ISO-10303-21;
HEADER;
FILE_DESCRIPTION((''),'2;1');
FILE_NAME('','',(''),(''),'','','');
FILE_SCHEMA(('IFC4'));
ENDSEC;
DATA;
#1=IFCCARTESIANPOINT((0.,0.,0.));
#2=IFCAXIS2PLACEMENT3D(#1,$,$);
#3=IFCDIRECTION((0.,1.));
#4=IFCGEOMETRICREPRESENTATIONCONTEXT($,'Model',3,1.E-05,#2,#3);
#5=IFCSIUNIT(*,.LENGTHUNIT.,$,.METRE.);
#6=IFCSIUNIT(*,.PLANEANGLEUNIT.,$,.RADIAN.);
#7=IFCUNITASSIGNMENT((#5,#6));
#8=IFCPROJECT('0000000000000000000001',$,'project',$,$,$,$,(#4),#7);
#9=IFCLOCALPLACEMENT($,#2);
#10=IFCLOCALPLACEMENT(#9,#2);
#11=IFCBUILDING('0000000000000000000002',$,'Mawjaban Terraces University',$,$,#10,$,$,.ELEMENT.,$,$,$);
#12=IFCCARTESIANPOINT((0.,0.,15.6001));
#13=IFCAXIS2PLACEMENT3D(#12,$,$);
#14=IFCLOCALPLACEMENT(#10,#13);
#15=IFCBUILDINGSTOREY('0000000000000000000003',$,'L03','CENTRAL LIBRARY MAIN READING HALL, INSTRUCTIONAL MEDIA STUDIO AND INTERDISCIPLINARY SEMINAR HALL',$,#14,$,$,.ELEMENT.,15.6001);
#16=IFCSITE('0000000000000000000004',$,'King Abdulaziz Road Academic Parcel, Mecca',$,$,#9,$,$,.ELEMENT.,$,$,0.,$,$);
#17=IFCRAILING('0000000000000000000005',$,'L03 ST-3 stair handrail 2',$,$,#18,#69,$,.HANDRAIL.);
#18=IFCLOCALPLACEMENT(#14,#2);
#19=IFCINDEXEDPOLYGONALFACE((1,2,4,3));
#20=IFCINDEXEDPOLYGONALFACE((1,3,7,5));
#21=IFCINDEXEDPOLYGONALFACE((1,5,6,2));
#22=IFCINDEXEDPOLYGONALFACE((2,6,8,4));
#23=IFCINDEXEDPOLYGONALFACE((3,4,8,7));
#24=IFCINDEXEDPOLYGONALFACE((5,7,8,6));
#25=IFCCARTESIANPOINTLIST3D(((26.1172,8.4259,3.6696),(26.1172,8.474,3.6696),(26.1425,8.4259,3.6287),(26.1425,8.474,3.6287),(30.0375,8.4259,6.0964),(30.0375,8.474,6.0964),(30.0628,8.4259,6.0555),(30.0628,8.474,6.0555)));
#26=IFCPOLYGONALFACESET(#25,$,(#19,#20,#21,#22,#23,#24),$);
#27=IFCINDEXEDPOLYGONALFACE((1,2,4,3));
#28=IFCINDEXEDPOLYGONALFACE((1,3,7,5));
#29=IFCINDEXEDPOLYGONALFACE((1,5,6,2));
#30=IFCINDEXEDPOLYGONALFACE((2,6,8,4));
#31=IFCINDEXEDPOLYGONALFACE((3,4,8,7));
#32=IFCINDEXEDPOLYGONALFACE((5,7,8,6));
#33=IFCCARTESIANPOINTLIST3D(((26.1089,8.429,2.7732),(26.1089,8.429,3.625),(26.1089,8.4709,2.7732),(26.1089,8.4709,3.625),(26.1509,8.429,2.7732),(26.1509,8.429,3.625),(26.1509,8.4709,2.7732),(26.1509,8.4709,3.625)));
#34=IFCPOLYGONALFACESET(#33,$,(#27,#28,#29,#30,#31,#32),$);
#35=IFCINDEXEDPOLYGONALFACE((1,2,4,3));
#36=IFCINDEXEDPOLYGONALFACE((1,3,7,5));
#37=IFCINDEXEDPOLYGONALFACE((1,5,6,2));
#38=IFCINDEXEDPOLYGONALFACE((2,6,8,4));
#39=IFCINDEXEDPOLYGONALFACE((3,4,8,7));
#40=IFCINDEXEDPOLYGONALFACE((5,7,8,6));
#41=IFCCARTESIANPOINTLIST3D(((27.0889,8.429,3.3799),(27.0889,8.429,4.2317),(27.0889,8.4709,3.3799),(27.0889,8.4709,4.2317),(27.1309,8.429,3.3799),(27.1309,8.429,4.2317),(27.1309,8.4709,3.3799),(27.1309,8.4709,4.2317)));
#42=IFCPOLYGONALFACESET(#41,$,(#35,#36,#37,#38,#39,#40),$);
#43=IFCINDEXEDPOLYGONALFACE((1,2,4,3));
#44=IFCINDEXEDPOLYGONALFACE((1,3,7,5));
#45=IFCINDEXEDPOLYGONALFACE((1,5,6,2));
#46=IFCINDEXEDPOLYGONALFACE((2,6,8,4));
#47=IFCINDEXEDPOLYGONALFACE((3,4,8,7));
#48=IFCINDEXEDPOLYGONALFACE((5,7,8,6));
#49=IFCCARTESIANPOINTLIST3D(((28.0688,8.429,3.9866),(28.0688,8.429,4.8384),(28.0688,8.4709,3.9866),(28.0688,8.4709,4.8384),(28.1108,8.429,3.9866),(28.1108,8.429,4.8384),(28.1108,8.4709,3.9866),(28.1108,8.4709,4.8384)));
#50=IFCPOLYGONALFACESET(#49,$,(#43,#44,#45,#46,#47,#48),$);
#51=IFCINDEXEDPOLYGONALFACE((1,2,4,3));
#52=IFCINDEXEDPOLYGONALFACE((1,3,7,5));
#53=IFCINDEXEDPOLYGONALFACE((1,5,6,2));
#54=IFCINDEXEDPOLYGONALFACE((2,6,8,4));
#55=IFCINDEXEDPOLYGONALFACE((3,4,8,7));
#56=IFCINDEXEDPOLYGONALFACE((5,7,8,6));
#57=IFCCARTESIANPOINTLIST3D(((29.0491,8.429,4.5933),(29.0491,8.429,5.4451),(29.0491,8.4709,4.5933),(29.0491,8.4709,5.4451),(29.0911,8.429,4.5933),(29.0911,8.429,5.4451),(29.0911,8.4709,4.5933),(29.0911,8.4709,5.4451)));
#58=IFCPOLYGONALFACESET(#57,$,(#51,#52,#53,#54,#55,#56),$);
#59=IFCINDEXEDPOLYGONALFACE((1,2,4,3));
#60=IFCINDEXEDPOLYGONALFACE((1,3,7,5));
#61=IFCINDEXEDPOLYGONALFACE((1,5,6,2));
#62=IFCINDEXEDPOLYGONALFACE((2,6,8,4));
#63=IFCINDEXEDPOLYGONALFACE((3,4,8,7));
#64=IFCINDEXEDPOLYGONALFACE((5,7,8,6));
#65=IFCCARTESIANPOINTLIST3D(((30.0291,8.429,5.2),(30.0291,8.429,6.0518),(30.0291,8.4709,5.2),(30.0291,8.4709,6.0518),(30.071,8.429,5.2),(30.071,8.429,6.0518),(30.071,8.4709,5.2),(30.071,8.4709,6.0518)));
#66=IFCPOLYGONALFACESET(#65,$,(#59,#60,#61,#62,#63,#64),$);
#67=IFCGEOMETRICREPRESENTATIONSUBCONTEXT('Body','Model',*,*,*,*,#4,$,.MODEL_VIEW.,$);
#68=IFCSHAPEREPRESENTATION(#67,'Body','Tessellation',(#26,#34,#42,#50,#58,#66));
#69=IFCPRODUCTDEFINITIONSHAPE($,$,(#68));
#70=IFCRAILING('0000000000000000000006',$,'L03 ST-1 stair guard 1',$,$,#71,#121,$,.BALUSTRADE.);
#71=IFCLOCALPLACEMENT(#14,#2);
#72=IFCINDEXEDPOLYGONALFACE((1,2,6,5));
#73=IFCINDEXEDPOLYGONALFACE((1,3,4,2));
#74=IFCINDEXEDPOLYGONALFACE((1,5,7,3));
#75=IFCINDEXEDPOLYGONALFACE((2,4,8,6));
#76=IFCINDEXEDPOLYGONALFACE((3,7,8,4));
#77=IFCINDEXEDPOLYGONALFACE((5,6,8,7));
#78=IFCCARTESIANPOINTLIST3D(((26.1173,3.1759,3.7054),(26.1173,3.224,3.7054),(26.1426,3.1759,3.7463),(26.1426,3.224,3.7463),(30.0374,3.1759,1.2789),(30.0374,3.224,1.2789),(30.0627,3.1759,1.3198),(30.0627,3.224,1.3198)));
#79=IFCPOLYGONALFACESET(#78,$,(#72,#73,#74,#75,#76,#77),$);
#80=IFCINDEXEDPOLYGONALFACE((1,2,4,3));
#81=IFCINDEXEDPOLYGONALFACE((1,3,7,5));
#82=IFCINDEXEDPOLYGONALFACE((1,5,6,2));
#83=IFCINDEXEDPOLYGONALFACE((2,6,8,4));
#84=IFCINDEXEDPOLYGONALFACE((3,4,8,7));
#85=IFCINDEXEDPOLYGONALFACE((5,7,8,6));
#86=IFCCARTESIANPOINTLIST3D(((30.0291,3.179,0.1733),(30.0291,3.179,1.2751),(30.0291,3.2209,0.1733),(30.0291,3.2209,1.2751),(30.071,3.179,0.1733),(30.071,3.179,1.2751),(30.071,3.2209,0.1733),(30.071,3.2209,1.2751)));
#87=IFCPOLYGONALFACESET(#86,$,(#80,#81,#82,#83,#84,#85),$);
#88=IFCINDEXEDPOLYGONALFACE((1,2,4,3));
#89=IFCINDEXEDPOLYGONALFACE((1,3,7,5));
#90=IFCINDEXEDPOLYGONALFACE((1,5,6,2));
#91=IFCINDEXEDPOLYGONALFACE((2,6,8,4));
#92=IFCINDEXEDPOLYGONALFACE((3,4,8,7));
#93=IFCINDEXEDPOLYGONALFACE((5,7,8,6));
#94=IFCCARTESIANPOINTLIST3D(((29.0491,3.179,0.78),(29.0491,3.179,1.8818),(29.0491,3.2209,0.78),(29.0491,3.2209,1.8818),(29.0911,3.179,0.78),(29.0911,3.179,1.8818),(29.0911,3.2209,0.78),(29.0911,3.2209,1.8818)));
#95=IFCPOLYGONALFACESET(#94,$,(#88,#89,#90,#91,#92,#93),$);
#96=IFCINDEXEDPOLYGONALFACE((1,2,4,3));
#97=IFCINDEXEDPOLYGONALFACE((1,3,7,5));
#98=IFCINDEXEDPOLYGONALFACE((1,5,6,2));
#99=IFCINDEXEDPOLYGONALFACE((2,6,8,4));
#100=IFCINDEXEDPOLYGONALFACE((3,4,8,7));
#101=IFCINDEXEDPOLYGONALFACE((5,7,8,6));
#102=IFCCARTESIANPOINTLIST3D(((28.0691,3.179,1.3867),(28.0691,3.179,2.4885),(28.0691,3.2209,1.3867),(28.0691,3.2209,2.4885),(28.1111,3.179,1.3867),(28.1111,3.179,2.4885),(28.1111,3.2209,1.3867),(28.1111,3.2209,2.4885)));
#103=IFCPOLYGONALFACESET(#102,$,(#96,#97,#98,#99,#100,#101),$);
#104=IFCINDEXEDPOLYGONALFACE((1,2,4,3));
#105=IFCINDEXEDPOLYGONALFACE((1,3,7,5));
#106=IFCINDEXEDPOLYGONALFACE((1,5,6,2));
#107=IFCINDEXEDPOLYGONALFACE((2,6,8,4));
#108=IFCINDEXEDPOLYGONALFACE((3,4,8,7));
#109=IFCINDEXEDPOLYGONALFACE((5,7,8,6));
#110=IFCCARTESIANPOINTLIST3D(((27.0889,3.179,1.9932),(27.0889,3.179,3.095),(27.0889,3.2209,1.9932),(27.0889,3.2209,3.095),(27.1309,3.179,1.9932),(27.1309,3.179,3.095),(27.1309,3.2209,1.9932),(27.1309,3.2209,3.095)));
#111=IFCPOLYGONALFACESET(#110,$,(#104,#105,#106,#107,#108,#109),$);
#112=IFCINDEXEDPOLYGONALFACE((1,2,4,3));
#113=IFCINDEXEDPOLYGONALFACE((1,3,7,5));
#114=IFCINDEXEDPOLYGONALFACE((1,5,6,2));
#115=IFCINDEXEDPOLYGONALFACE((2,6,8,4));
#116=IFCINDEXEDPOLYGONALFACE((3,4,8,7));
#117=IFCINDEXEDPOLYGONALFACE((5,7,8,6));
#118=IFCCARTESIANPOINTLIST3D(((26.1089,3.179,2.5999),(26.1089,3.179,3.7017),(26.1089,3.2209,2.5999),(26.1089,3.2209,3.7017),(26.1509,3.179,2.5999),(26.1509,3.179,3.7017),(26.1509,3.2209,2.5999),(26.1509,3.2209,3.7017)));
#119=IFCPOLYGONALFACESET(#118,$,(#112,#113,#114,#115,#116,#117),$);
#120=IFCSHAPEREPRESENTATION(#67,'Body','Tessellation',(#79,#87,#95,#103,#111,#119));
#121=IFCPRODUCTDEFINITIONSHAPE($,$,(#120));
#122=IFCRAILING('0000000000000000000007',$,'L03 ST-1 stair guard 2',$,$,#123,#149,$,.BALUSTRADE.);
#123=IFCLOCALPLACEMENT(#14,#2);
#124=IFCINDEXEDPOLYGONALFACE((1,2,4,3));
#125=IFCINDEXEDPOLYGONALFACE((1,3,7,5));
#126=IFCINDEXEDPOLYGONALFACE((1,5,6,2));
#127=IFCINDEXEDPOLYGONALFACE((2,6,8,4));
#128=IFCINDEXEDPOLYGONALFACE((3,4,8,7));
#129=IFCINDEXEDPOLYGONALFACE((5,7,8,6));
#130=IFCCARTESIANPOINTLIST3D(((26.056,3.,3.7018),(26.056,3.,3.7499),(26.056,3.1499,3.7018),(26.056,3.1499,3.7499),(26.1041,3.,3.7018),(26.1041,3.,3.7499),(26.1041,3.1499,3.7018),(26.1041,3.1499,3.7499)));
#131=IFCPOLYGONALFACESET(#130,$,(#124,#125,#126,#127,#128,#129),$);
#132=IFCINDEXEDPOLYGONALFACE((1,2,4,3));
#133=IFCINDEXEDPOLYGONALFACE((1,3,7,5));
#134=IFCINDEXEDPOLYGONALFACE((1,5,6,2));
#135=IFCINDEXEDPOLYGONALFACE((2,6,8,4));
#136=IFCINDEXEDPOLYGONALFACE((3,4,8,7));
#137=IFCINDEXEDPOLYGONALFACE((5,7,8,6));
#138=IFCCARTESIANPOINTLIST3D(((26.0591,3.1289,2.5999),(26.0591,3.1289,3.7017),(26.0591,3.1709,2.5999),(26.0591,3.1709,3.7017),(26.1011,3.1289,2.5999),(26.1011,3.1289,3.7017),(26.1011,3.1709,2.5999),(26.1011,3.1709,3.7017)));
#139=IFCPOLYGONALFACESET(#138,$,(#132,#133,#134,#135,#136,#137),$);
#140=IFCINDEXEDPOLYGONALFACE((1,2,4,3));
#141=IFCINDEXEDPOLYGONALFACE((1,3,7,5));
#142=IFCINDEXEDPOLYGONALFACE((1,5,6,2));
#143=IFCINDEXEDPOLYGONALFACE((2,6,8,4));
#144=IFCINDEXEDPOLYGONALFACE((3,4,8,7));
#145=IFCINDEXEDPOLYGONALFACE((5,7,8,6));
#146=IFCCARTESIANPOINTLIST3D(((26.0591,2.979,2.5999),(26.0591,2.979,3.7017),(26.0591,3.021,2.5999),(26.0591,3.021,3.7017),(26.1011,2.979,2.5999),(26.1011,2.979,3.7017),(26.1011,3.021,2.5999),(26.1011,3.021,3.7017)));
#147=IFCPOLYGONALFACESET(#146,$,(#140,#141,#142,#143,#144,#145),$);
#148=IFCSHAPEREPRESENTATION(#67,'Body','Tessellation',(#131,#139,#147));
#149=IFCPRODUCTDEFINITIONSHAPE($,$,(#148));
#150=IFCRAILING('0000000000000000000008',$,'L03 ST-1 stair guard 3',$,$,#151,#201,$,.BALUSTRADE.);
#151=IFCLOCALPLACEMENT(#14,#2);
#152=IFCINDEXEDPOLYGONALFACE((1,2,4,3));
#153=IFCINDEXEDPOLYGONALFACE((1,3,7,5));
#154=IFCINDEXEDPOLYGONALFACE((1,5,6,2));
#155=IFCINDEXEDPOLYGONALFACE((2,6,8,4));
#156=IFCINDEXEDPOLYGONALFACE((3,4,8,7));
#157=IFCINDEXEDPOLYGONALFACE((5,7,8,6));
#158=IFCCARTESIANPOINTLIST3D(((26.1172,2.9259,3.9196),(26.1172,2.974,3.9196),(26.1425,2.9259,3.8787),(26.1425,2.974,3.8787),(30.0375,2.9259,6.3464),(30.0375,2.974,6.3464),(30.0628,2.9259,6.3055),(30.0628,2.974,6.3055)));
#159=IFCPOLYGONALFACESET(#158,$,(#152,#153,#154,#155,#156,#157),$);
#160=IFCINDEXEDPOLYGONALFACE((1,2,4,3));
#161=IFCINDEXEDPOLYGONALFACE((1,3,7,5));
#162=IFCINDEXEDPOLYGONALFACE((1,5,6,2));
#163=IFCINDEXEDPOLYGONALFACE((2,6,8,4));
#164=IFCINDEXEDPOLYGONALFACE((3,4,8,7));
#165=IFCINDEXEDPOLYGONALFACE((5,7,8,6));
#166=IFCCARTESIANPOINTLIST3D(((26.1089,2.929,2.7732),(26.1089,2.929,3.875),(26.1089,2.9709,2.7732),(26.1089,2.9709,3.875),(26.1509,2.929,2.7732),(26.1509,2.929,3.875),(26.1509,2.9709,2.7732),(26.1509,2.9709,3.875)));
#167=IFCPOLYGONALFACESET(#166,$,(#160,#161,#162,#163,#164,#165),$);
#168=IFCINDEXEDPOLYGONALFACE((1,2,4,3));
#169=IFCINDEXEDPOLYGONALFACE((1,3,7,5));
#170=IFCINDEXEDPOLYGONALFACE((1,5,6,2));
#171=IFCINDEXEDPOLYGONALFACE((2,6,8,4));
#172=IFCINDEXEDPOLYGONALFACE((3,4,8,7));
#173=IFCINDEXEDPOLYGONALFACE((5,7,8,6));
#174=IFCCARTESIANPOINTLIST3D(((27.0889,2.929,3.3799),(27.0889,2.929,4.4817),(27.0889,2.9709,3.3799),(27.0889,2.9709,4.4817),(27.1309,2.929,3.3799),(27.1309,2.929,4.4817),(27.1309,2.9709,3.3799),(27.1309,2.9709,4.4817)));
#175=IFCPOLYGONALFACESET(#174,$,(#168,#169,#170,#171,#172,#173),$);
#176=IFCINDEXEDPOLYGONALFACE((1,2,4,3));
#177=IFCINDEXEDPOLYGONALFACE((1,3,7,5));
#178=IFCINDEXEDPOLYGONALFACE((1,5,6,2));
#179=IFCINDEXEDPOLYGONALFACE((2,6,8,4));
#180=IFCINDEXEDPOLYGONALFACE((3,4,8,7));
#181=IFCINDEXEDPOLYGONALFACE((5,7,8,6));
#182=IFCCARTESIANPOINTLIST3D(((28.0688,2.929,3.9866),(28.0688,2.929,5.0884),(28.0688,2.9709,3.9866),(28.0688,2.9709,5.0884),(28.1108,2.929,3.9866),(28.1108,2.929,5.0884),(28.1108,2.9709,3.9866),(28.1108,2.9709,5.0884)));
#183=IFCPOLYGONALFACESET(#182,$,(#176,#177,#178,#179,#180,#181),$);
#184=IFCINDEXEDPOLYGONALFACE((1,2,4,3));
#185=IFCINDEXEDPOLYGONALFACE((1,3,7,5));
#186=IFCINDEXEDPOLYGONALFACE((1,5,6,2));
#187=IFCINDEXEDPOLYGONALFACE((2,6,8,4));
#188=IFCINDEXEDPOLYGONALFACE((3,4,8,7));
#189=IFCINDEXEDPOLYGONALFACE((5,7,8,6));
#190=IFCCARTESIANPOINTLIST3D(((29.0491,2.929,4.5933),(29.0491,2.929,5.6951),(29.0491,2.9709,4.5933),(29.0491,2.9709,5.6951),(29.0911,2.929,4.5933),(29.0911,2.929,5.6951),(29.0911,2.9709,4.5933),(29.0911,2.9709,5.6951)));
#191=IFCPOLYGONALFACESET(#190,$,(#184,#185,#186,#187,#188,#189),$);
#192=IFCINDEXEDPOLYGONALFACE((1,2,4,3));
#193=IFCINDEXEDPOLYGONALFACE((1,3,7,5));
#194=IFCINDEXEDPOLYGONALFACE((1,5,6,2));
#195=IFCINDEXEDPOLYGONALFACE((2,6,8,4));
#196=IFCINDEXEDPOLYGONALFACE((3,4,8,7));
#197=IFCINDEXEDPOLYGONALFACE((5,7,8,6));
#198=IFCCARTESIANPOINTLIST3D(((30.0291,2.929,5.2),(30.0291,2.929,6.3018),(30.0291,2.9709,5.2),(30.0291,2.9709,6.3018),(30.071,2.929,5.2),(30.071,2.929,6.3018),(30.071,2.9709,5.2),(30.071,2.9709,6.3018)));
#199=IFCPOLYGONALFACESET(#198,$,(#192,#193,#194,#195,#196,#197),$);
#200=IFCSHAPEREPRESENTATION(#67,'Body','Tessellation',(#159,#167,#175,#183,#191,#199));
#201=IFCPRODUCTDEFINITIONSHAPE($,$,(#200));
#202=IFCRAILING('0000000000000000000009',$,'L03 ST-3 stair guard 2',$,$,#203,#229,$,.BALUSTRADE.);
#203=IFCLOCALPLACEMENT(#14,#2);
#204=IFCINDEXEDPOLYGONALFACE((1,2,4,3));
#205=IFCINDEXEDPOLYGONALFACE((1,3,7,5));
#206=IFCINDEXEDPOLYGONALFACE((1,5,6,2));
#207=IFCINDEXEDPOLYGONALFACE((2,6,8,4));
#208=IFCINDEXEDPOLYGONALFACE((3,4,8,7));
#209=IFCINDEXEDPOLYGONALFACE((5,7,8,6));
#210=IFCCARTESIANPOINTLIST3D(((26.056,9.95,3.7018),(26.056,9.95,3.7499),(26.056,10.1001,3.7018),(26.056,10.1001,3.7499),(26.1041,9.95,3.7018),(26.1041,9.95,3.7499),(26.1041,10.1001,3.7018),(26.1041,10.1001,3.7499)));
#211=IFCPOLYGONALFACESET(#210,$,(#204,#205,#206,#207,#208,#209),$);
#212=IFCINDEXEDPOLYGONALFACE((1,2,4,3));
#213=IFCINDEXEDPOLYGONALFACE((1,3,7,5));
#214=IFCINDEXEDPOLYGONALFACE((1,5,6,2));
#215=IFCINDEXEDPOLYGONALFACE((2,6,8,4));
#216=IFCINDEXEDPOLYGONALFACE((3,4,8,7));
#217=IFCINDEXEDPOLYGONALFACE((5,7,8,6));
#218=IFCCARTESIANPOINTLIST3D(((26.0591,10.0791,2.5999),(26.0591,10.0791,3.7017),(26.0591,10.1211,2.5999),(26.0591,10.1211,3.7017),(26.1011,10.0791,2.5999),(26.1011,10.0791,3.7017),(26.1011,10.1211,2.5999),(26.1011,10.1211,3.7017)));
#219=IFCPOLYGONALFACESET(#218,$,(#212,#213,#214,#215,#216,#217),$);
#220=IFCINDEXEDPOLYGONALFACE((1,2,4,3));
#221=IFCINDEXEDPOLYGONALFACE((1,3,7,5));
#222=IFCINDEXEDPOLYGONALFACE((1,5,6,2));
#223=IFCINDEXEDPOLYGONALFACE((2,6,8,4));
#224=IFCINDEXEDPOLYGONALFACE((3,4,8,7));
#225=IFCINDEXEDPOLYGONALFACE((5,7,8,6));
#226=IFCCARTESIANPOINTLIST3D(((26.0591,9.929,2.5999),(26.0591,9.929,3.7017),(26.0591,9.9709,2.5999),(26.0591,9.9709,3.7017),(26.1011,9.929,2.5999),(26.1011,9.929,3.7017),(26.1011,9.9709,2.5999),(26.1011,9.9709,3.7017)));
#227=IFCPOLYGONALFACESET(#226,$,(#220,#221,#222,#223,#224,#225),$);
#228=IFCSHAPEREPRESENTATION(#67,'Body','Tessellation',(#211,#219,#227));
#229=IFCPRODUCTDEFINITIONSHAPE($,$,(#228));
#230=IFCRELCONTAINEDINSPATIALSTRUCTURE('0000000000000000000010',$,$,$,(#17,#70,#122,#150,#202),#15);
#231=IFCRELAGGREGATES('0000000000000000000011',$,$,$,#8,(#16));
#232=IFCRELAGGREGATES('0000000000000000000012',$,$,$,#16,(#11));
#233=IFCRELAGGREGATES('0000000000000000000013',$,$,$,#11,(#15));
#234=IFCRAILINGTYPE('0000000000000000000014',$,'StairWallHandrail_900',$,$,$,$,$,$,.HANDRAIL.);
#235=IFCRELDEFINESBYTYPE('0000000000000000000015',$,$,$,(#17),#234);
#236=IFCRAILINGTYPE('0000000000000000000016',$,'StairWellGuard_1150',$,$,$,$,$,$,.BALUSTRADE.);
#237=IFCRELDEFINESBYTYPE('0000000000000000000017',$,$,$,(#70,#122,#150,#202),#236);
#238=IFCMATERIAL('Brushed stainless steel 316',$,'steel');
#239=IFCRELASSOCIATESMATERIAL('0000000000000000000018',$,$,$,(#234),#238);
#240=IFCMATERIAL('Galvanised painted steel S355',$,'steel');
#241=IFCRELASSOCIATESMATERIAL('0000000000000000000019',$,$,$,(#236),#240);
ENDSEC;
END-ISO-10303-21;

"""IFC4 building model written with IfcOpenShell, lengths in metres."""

from ifc_helpers import new_model, si_unit, direction, frame, origin, origin_2d, place, context, subcontext, project, spatial, rectangle, extrude, material, type_object, element, save


model = new_model("IFC4")

# Units and contexts
model_context = context("Model", 3, precision=1e-05, world=origin(), true_north=direction((0.0, 1.0)))
body_context = subcontext(model_context, "Body", "Model", "MODEL_VIEW")
ifc_project = project(units=[si_unit("LENGTHUNIT", "METRE"), si_unit("PLANEANGLEUNIT", "RADIAN")], contexts=[model_context])

# Site, building, storey
site_placement = place(None, origin())
site = spatial("IfcSite", under=ifc_project, at=site_placement, Name="King Abdulaziz Road Academic Parcel, Mecca", CompositionType="ELEMENT", RefElevation=0.0)
building_placement = place(site_placement, origin())
building = spatial("IfcBuilding", under=site, at=building_placement, Name="Mawjaban Terraces University", CompositionType="ELEMENT")
storey_placement = place(building_placement, frame((0.0, 0.0, 15.6001)))
storey = spatial("IfcBuildingStorey", under=building, at=storey_placement, Name="L03", Description="CENTRAL LIBRARY MAIN READING HALL, INSTRUCTIONAL MEDIA STUDIO AND INTERDISCIPLINARY SEMINAR HALL", CompositionType="ELEMENT", Elevation=15.6001)

# Railings
ifc_material_1 = material(Name="Brushed stainless steel 316", Category="steel")
railing_type_1 = type_object("IfcRailingType", Name="StairWallHandrail_900", PredefinedType="HANDRAIL", material=ifc_material_1)
for number, where, name in (
    (1, (26.1299, 8.45, 2.7732), "L03 ST-3 stair handrail 2"),
):
    element("IfcRailing", number, at=place(storey_placement, frame(where)), inside=storey, type_object=railing_type_1, Name=name, PredefinedType="HANDRAIL", context=body_context, shape_type="SweptSolid", body=[
        extrude(rectangle(XDim=0.0481, YDim=0.0481, at=origin_2d()), frame((0.0, 0.0, 0.876), z_axis=(0.850266, 0.0, 0.526353), x_axis=(0.0, 1.0, 0.0)), (0.0, 0.0, 1.0), 4.6106),
        extrude(rectangle(XDim=0.042, YDim=0.042, at=origin_2d()), origin(), (0.0, 0.0, 1.0), 0.8518),
        extrude(rectangle(XDim=0.042, YDim=0.042, at=origin_2d()), frame((0.98, 0.0, 0.6067)), (0.0, 0.0, 1.0), 0.8518),
        extrude(rectangle(XDim=0.042, YDim=0.042, at=origin_2d()), frame((1.96, 0.0, 1.2134)), (0.0, 0.0, 1.0), 0.8518),
        extrude(rectangle(XDim=0.042, YDim=0.042, at=origin_2d()), frame((2.9402, 0.0, 1.8201)), (0.0, 0.0, 1.0), 0.8518),
        extrude(rectangle(XDim=0.042, YDim=0.042, at=origin_2d()), frame((3.9202, 0.0, 2.4268)), (0.0, 0.0, 1.0), 0.8518),
    ])
ifc_material_2 = material(Name="Galvanised painted steel S355", Category="steel")
railing_type_2 = type_object("IfcRailingType", Name="StairWellGuard_1150", PredefinedType="BALUSTRADE", material=ifc_material_2)
railing_1_placement = place(storey_placement, frame((30.05, 3.2, 0.1733)))
element("IfcRailing", 2, at=railing_1_placement, inside=storey, type_object=railing_type_2, Name="L03 ST-1 stair guard 1", PredefinedType="BALUSTRADE", context=body_context, shape_type="SweptSolid", body=[
    extrude(rectangle(XDim=0.0481, YDim=0.0481, at=origin_2d()), frame((0.0, 0.0, 1.126), z_axis=(-0.85029, 0.0, 0.526315), x_axis=(0.0, -1.0, 0.0)), (0.0, 0.0, 1.0), 4.6104),
    extrude(rectangle(XDim=0.042, YDim=0.042, at=origin_2d()), origin(), (0.0, 0.0, 1.0), 1.1018),
    extrude(rectangle(XDim=0.042, YDim=0.042, at=origin_2d()), frame((-0.98, 0.0, 0.6067)), (0.0, 0.0, 1.0), 1.1018),
    extrude(rectangle(XDim=0.042, YDim=0.042, at=origin_2d()), frame((-1.96, 0.0, 1.2134)), (0.0, 0.0, 1.0), 1.1018),
    extrude(rectangle(XDim=0.042, YDim=0.042, at=origin_2d()), frame((-2.9402, 0.0, 1.8198)), (0.0, 0.0, 1.0), 1.1018),
    extrude(rectangle(XDim=0.042, YDim=0.042, at=origin_2d()), frame((-3.9202, 0.0, 2.4265)), (0.0, 0.0, 1.0), 1.1018),
])
railing_2_placement = place(storey_placement, frame((26.0801, 3.1499, 2.5999)))
element("IfcRailing", 3, at=railing_2_placement, inside=storey, type_object=railing_type_2, Name="L03 ST-1 stair guard 2", PredefinedType="BALUSTRADE", context=body_context, shape_type="SweptSolid", body=[
    extrude(rectangle(XDim=0.0481, YDim=0.0481, at=origin_2d()), frame((0.0, 0.0, 1.126), z_axis=(0.0, -1.0, 0.0), x_axis=(1.0, 0.0, 0.0)), (0.0, 0.0, 1.0), 0.1499),
    extrude(rectangle(XDim=0.042, YDim=0.042, at=origin_2d()), origin(), (0.0, 0.0, 1.0), 1.1018),
    extrude(rectangle(XDim=0.042, YDim=0.042, at=origin_2d()), frame((0.0, -0.1499, 0.0)), (0.0, 0.0, 1.0), 1.1018),
])
railing_3_placement = place(storey_placement, frame((26.1299, 2.95, 2.7732)))
element("IfcRailing", 4, at=railing_3_placement, inside=storey, type_object=railing_type_2, Name="L03 ST-1 stair guard 3", PredefinedType="BALUSTRADE", context=body_context, shape_type="SweptSolid", body=[
    extrude(rectangle(XDim=0.0481, YDim=0.0481, at=origin_2d()), frame((0.0, 0.0, 1.126), z_axis=(0.850266, 0.0, 0.526353), x_axis=(0.0, 1.0, 0.0)), (0.0, 0.0, 1.0), 4.6106),
    extrude(rectangle(XDim=0.042, YDim=0.042, at=origin_2d()), origin(), (0.0, 0.0, 1.0), 1.1018),
    extrude(rectangle(XDim=0.042, YDim=0.042, at=origin_2d()), frame((0.98, 0.0, 0.6067)), (0.0, 0.0, 1.0), 1.1018),
    extrude(rectangle(XDim=0.042, YDim=0.042, at=origin_2d()), frame((1.96, 0.0, 1.2134)), (0.0, 0.0, 1.0), 1.1018),
    extrude(rectangle(XDim=0.042, YDim=0.042, at=origin_2d()), frame((2.9402, 0.0, 1.8201)), (0.0, 0.0, 1.0), 1.1018),
    extrude(rectangle(XDim=0.042, YDim=0.042, at=origin_2d()), frame((3.9202, 0.0, 2.4268)), (0.0, 0.0, 1.0), 1.1018),
])
railing_4_placement = place(storey_placement, frame((26.0801, 10.1001, 2.5999)))
element("IfcRailing", 5, at=railing_4_placement, inside=storey, type_object=railing_type_2, Name="L03 ST-3 stair guard 2", PredefinedType="BALUSTRADE", context=body_context, shape_type="SweptSolid", body=[
    extrude(rectangle(XDim=0.0481, YDim=0.0481, at=origin_2d()), frame((0.0, 0.0, 1.126), z_axis=(0.0, -1.0, 0.0), x_axis=(1.0, 0.0, 0.0)), (0.0, 0.0, 1.0), 0.1501),
    extrude(rectangle(XDim=0.042, YDim=0.042, at=origin_2d()), origin(), (0.0, 0.0, 1.0), 1.1018),
    extrude(rectangle(XDim=0.042, YDim=0.042, at=origin_2d()), frame((0.0, -0.1501, 0.0)), (0.0, 0.0, 1.0), 1.1018),
])

save(model, "model.ifc")
